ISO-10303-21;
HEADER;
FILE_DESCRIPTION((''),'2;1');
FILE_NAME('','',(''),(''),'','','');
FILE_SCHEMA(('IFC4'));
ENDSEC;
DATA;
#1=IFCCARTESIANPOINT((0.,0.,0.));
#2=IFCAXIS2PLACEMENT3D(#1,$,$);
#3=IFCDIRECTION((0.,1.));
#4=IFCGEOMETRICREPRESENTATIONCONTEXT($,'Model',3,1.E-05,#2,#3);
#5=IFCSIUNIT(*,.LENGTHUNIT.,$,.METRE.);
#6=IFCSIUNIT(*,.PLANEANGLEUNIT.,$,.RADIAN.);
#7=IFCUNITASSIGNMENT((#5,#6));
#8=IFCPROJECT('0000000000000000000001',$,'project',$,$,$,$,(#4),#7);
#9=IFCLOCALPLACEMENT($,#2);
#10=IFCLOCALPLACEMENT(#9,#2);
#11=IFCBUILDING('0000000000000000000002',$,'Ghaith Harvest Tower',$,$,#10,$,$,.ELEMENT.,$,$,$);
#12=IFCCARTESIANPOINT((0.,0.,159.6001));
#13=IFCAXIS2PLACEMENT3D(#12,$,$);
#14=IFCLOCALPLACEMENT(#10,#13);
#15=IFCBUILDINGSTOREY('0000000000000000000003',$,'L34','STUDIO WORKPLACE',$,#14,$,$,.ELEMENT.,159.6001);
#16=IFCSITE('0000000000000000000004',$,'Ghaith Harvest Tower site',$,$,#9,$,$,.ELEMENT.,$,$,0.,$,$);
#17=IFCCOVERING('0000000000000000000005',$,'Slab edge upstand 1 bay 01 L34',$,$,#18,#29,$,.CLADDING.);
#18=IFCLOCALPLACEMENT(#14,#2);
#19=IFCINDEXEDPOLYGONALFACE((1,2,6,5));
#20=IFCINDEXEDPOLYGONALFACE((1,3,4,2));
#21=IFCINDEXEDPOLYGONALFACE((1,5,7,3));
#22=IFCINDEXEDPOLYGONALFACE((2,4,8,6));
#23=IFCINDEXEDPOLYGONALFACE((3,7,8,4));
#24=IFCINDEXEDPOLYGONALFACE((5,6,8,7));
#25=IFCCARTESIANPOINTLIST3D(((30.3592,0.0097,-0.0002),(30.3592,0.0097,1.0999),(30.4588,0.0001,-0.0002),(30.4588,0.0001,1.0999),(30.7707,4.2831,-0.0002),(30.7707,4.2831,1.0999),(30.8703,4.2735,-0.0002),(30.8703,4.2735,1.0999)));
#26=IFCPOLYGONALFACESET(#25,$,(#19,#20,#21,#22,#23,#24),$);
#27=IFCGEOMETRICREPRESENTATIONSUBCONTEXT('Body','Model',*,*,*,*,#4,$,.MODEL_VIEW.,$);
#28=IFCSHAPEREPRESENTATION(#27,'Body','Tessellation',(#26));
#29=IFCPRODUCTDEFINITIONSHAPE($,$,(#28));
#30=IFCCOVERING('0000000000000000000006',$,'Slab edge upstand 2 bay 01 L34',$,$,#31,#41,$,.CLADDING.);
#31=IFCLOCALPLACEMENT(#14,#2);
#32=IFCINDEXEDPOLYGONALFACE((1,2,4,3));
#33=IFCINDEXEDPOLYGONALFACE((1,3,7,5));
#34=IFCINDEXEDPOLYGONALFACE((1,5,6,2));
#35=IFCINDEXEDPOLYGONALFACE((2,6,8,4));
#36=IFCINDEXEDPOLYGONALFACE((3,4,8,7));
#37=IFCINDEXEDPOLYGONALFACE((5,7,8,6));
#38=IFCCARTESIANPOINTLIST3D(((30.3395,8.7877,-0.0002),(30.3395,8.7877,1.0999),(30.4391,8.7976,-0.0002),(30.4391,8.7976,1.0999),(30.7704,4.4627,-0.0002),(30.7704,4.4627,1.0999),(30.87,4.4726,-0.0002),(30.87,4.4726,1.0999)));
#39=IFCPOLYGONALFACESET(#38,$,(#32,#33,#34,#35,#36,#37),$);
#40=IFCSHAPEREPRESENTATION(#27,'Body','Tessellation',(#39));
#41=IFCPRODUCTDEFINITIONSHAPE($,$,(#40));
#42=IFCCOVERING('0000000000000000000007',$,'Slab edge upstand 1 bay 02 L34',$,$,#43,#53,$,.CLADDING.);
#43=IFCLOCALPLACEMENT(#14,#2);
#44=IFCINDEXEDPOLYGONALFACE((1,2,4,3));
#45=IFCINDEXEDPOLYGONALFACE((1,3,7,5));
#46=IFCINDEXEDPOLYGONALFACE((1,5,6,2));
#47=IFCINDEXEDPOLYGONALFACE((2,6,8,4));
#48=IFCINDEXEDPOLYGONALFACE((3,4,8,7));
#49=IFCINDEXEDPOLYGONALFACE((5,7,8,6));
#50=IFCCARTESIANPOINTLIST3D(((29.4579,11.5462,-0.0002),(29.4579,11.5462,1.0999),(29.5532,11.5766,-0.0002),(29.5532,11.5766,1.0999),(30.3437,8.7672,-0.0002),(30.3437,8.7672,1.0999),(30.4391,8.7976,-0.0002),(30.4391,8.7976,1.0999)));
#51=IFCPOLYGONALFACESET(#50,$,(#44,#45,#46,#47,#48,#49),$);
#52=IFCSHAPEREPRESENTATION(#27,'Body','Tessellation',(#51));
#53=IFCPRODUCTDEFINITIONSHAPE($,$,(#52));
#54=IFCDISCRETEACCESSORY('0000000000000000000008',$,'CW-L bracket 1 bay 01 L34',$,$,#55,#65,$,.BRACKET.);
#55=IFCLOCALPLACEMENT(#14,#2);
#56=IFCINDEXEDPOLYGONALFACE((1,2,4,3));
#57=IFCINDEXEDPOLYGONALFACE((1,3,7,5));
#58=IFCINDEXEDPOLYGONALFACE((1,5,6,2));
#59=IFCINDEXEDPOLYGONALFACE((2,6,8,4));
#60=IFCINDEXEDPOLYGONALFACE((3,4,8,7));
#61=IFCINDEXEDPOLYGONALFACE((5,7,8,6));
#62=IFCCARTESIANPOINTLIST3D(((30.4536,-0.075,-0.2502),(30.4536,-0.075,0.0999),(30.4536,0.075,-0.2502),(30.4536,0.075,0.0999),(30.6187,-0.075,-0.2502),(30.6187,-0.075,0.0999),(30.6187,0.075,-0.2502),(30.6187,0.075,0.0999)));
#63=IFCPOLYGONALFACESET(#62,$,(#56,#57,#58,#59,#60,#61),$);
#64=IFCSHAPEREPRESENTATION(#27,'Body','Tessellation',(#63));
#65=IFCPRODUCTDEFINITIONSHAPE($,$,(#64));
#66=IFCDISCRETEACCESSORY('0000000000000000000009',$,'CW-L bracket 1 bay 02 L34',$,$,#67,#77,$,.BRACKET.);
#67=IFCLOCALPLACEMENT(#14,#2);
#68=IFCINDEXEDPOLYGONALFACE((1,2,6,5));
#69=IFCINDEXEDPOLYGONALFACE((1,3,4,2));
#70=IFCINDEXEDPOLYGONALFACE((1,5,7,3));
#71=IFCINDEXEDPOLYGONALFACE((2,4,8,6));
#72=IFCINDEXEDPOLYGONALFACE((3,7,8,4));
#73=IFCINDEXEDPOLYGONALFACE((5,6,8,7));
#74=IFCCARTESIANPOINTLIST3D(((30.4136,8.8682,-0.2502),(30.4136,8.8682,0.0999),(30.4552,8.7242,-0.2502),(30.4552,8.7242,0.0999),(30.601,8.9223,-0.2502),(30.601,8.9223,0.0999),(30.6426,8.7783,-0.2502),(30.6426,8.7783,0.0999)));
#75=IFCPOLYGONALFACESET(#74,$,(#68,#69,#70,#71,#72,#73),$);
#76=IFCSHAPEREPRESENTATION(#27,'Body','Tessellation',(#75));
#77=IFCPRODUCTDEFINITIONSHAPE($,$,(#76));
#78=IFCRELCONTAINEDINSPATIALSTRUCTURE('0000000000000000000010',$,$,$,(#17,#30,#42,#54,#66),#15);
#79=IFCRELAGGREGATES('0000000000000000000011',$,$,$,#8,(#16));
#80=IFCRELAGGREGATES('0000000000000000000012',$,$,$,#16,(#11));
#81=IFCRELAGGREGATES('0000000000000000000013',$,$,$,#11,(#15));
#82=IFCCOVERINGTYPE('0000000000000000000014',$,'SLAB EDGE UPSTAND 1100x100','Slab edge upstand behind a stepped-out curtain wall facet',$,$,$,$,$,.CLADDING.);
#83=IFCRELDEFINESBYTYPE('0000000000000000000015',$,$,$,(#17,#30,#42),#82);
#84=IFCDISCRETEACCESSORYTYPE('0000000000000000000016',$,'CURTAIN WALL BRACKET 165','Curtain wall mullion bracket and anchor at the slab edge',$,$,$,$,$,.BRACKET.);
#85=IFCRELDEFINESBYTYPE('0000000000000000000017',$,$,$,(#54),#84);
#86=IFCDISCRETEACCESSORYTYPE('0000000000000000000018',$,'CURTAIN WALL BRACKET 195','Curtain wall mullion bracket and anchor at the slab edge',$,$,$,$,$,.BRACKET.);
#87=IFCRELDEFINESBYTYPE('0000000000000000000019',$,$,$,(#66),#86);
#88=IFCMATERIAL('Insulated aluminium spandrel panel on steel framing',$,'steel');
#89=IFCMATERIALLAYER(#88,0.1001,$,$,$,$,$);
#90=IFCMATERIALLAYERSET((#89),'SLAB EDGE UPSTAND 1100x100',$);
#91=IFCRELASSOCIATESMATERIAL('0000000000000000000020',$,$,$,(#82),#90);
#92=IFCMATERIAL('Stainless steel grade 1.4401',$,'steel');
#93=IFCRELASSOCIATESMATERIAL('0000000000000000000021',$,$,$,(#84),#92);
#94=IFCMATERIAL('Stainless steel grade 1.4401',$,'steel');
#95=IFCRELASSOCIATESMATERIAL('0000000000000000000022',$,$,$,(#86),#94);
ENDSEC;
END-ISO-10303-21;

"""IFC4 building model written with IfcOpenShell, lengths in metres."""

from ifc_helpers import new_model, si_unit, direction, frame, origin, origin_2d, place, context, subcontext, project, spatial, rectangle, extrude, material, layer, layer_set, type_object, element, save


model = new_model("IFC4")

# Units and contexts
model_context = context("Model", 3, precision=1e-05, world=origin(), true_north=direction((0.0, 1.0)))
body_context = subcontext(model_context, "Body", "Model", "MODEL_VIEW")
ifc_project = project(units=[si_unit("LENGTHUNIT", "METRE"), si_unit("PLANEANGLEUNIT", "RADIAN")], contexts=[model_context])

# Site, building, storey
site_placement = place(None, origin())
site = spatial("IfcSite", under=ifc_project, at=site_placement, Name="Ghaith Harvest Tower site", CompositionType="ELEMENT", RefElevation=0.0)
building_placement = place(site_placement, origin())
building = spatial("IfcBuilding", under=site, at=building_placement, Name="Ghaith Harvest Tower", CompositionType="ELEMENT")
storey_placement = place(building_placement, frame((0.0, 0.0, 159.6001)))
storey = spatial("IfcBuildingStorey", under=building, at=storey_placement, Name="L34", Description="STUDIO WORKPLACE", CompositionType="ELEMENT", Elevation=159.6001)

# Coverings
ifc_material_1 = material(Name="Insulated aluminium spandrel panel on steel framing", Category="steel")
ifc_layer_1 = layer(ifc_material_1, 0.1001)
ifc_layer_set_1 = layer_set([ifc_layer_1], Name="SLAB EDGE UPSTAND 1100x100")
covering_type = type_object("IfcCoveringType", Name="SLAB EDGE UPSTAND 1100x100", Description="Slab edge upstand behind a stepped-out curtain wall facet", PredefinedType="CLADDING", material=ifc_layer_set_1)
covering_1_placement = place(storey_placement, frame((30.6147, 2.1416, -0.0002), z_axis=(0.0, 0.0, 1.0), x_axis=(0.095861, 0.995395, 0.0)))
element("IfcCovering", 1, at=covering_1_placement, inside=storey, type_object=covering_type, Name="Slab edge upstand 1 bay 01 L34", PredefinedType="CLADDING", context=body_context, shape_type="SweptSolid", body=[
    extrude(rectangle(XDim=4.2932, YDim=0.1001, at=origin_2d()), origin(), (0.0, 0.0, 1.0), 1.1001),
])
covering_2_placement = place(storey_placement, frame((30.6047, 6.6301, -0.0002), z_axis=(0.0, 0.0, 1.0), x_axis=(-0.099132, 0.995074, 0.0)))
element("IfcCovering", 2, at=covering_2_placement, inside=storey, type_object=covering_type, Name="Slab edge upstand 2 bay 01 L34", PredefinedType="CLADDING", context=body_context, shape_type="SweptSolid", body=[
    extrude(rectangle(XDim=4.3464, YDim=0.1001, at=origin_2d()), origin(), (0.0, 0.0, 1.0), 1.1001),
])
covering_3_placement = place(storey_placement, frame((29.9485, 10.1719, -0.0002), z_axis=(0.0, 0.0, 1.0), x_axis=(-0.303717, 0.952762, 0.0)))
element("IfcCovering", 3, at=covering_3_placement, inside=storey, type_object=covering_type, Name="Slab edge upstand 1 bay 02 L34", PredefinedType="CLADDING", context=body_context, shape_type="SweptSolid", body=[
    extrude(rectangle(XDim=2.9167, YDim=0.1001, at=origin_2d()), origin(), (0.0, 0.0, 1.0), 1.1001),
])

# Discrete accessories
ifc_material_2 = material(Name="Stainless steel grade 1.4401", Category="steel")
discrete_accessory_type_1 = type_object("IfcDiscreteAccessoryType", Name="CURTAIN WALL BRACKET 165", Description="Curtain wall mullion bracket and anchor at the slab edge", PredefinedType="BRACKET", material=ifc_material_2)
discrete_accessory_1_placement = place(storey_placement, frame((30.5361, 0.0, -0.2502), z_axis=(0.0, 0.0, 1.0), x_axis=(1.0, 0.0, 0.0)))
element("IfcDiscreteAccessory", 4, at=discrete_accessory_1_placement, inside=storey, type_object=discrete_accessory_type_1, Name="CW-L bracket 1 bay 01 L34", PredefinedType="BRACKET", context=body_context, shape_type="SweptSolid", body=[
    extrude(rectangle(XDim=0.165, YDim=0.1499, at=origin_2d()), origin(), (0.0, 0.0, 1.0), 0.3501),
])
ifc_material_3 = material(Name="Stainless steel grade 1.4401", Category="steel")
discrete_accessory_type_2 = type_object("IfcDiscreteAccessoryType", Name="CURTAIN WALL BRACKET 195", Description="Curtain wall mullion bracket and anchor at the slab edge", PredefinedType="BRACKET", material=ifc_material_3)
discrete_accessory_2_placement = place(storey_placement, frame((30.5281, 8.8232, -0.2502), z_axis=(0.0, 0.0, 1.0), x_axis=(0.96068, 0.277657, 0.0)))
element("IfcDiscreteAccessory", 5, at=discrete_accessory_2_placement, inside=storey, type_object=discrete_accessory_type_2, Name="CW-L bracket 1 bay 02 L34", PredefinedType="BRACKET", context=body_context, shape_type="SweptSolid", body=[
    extrude(rectangle(XDim=0.1951, YDim=0.1499, at=origin_2d()), origin(), (0.0, 0.0, 1.0), 0.3501),
])

save(model, "model.ifc")
